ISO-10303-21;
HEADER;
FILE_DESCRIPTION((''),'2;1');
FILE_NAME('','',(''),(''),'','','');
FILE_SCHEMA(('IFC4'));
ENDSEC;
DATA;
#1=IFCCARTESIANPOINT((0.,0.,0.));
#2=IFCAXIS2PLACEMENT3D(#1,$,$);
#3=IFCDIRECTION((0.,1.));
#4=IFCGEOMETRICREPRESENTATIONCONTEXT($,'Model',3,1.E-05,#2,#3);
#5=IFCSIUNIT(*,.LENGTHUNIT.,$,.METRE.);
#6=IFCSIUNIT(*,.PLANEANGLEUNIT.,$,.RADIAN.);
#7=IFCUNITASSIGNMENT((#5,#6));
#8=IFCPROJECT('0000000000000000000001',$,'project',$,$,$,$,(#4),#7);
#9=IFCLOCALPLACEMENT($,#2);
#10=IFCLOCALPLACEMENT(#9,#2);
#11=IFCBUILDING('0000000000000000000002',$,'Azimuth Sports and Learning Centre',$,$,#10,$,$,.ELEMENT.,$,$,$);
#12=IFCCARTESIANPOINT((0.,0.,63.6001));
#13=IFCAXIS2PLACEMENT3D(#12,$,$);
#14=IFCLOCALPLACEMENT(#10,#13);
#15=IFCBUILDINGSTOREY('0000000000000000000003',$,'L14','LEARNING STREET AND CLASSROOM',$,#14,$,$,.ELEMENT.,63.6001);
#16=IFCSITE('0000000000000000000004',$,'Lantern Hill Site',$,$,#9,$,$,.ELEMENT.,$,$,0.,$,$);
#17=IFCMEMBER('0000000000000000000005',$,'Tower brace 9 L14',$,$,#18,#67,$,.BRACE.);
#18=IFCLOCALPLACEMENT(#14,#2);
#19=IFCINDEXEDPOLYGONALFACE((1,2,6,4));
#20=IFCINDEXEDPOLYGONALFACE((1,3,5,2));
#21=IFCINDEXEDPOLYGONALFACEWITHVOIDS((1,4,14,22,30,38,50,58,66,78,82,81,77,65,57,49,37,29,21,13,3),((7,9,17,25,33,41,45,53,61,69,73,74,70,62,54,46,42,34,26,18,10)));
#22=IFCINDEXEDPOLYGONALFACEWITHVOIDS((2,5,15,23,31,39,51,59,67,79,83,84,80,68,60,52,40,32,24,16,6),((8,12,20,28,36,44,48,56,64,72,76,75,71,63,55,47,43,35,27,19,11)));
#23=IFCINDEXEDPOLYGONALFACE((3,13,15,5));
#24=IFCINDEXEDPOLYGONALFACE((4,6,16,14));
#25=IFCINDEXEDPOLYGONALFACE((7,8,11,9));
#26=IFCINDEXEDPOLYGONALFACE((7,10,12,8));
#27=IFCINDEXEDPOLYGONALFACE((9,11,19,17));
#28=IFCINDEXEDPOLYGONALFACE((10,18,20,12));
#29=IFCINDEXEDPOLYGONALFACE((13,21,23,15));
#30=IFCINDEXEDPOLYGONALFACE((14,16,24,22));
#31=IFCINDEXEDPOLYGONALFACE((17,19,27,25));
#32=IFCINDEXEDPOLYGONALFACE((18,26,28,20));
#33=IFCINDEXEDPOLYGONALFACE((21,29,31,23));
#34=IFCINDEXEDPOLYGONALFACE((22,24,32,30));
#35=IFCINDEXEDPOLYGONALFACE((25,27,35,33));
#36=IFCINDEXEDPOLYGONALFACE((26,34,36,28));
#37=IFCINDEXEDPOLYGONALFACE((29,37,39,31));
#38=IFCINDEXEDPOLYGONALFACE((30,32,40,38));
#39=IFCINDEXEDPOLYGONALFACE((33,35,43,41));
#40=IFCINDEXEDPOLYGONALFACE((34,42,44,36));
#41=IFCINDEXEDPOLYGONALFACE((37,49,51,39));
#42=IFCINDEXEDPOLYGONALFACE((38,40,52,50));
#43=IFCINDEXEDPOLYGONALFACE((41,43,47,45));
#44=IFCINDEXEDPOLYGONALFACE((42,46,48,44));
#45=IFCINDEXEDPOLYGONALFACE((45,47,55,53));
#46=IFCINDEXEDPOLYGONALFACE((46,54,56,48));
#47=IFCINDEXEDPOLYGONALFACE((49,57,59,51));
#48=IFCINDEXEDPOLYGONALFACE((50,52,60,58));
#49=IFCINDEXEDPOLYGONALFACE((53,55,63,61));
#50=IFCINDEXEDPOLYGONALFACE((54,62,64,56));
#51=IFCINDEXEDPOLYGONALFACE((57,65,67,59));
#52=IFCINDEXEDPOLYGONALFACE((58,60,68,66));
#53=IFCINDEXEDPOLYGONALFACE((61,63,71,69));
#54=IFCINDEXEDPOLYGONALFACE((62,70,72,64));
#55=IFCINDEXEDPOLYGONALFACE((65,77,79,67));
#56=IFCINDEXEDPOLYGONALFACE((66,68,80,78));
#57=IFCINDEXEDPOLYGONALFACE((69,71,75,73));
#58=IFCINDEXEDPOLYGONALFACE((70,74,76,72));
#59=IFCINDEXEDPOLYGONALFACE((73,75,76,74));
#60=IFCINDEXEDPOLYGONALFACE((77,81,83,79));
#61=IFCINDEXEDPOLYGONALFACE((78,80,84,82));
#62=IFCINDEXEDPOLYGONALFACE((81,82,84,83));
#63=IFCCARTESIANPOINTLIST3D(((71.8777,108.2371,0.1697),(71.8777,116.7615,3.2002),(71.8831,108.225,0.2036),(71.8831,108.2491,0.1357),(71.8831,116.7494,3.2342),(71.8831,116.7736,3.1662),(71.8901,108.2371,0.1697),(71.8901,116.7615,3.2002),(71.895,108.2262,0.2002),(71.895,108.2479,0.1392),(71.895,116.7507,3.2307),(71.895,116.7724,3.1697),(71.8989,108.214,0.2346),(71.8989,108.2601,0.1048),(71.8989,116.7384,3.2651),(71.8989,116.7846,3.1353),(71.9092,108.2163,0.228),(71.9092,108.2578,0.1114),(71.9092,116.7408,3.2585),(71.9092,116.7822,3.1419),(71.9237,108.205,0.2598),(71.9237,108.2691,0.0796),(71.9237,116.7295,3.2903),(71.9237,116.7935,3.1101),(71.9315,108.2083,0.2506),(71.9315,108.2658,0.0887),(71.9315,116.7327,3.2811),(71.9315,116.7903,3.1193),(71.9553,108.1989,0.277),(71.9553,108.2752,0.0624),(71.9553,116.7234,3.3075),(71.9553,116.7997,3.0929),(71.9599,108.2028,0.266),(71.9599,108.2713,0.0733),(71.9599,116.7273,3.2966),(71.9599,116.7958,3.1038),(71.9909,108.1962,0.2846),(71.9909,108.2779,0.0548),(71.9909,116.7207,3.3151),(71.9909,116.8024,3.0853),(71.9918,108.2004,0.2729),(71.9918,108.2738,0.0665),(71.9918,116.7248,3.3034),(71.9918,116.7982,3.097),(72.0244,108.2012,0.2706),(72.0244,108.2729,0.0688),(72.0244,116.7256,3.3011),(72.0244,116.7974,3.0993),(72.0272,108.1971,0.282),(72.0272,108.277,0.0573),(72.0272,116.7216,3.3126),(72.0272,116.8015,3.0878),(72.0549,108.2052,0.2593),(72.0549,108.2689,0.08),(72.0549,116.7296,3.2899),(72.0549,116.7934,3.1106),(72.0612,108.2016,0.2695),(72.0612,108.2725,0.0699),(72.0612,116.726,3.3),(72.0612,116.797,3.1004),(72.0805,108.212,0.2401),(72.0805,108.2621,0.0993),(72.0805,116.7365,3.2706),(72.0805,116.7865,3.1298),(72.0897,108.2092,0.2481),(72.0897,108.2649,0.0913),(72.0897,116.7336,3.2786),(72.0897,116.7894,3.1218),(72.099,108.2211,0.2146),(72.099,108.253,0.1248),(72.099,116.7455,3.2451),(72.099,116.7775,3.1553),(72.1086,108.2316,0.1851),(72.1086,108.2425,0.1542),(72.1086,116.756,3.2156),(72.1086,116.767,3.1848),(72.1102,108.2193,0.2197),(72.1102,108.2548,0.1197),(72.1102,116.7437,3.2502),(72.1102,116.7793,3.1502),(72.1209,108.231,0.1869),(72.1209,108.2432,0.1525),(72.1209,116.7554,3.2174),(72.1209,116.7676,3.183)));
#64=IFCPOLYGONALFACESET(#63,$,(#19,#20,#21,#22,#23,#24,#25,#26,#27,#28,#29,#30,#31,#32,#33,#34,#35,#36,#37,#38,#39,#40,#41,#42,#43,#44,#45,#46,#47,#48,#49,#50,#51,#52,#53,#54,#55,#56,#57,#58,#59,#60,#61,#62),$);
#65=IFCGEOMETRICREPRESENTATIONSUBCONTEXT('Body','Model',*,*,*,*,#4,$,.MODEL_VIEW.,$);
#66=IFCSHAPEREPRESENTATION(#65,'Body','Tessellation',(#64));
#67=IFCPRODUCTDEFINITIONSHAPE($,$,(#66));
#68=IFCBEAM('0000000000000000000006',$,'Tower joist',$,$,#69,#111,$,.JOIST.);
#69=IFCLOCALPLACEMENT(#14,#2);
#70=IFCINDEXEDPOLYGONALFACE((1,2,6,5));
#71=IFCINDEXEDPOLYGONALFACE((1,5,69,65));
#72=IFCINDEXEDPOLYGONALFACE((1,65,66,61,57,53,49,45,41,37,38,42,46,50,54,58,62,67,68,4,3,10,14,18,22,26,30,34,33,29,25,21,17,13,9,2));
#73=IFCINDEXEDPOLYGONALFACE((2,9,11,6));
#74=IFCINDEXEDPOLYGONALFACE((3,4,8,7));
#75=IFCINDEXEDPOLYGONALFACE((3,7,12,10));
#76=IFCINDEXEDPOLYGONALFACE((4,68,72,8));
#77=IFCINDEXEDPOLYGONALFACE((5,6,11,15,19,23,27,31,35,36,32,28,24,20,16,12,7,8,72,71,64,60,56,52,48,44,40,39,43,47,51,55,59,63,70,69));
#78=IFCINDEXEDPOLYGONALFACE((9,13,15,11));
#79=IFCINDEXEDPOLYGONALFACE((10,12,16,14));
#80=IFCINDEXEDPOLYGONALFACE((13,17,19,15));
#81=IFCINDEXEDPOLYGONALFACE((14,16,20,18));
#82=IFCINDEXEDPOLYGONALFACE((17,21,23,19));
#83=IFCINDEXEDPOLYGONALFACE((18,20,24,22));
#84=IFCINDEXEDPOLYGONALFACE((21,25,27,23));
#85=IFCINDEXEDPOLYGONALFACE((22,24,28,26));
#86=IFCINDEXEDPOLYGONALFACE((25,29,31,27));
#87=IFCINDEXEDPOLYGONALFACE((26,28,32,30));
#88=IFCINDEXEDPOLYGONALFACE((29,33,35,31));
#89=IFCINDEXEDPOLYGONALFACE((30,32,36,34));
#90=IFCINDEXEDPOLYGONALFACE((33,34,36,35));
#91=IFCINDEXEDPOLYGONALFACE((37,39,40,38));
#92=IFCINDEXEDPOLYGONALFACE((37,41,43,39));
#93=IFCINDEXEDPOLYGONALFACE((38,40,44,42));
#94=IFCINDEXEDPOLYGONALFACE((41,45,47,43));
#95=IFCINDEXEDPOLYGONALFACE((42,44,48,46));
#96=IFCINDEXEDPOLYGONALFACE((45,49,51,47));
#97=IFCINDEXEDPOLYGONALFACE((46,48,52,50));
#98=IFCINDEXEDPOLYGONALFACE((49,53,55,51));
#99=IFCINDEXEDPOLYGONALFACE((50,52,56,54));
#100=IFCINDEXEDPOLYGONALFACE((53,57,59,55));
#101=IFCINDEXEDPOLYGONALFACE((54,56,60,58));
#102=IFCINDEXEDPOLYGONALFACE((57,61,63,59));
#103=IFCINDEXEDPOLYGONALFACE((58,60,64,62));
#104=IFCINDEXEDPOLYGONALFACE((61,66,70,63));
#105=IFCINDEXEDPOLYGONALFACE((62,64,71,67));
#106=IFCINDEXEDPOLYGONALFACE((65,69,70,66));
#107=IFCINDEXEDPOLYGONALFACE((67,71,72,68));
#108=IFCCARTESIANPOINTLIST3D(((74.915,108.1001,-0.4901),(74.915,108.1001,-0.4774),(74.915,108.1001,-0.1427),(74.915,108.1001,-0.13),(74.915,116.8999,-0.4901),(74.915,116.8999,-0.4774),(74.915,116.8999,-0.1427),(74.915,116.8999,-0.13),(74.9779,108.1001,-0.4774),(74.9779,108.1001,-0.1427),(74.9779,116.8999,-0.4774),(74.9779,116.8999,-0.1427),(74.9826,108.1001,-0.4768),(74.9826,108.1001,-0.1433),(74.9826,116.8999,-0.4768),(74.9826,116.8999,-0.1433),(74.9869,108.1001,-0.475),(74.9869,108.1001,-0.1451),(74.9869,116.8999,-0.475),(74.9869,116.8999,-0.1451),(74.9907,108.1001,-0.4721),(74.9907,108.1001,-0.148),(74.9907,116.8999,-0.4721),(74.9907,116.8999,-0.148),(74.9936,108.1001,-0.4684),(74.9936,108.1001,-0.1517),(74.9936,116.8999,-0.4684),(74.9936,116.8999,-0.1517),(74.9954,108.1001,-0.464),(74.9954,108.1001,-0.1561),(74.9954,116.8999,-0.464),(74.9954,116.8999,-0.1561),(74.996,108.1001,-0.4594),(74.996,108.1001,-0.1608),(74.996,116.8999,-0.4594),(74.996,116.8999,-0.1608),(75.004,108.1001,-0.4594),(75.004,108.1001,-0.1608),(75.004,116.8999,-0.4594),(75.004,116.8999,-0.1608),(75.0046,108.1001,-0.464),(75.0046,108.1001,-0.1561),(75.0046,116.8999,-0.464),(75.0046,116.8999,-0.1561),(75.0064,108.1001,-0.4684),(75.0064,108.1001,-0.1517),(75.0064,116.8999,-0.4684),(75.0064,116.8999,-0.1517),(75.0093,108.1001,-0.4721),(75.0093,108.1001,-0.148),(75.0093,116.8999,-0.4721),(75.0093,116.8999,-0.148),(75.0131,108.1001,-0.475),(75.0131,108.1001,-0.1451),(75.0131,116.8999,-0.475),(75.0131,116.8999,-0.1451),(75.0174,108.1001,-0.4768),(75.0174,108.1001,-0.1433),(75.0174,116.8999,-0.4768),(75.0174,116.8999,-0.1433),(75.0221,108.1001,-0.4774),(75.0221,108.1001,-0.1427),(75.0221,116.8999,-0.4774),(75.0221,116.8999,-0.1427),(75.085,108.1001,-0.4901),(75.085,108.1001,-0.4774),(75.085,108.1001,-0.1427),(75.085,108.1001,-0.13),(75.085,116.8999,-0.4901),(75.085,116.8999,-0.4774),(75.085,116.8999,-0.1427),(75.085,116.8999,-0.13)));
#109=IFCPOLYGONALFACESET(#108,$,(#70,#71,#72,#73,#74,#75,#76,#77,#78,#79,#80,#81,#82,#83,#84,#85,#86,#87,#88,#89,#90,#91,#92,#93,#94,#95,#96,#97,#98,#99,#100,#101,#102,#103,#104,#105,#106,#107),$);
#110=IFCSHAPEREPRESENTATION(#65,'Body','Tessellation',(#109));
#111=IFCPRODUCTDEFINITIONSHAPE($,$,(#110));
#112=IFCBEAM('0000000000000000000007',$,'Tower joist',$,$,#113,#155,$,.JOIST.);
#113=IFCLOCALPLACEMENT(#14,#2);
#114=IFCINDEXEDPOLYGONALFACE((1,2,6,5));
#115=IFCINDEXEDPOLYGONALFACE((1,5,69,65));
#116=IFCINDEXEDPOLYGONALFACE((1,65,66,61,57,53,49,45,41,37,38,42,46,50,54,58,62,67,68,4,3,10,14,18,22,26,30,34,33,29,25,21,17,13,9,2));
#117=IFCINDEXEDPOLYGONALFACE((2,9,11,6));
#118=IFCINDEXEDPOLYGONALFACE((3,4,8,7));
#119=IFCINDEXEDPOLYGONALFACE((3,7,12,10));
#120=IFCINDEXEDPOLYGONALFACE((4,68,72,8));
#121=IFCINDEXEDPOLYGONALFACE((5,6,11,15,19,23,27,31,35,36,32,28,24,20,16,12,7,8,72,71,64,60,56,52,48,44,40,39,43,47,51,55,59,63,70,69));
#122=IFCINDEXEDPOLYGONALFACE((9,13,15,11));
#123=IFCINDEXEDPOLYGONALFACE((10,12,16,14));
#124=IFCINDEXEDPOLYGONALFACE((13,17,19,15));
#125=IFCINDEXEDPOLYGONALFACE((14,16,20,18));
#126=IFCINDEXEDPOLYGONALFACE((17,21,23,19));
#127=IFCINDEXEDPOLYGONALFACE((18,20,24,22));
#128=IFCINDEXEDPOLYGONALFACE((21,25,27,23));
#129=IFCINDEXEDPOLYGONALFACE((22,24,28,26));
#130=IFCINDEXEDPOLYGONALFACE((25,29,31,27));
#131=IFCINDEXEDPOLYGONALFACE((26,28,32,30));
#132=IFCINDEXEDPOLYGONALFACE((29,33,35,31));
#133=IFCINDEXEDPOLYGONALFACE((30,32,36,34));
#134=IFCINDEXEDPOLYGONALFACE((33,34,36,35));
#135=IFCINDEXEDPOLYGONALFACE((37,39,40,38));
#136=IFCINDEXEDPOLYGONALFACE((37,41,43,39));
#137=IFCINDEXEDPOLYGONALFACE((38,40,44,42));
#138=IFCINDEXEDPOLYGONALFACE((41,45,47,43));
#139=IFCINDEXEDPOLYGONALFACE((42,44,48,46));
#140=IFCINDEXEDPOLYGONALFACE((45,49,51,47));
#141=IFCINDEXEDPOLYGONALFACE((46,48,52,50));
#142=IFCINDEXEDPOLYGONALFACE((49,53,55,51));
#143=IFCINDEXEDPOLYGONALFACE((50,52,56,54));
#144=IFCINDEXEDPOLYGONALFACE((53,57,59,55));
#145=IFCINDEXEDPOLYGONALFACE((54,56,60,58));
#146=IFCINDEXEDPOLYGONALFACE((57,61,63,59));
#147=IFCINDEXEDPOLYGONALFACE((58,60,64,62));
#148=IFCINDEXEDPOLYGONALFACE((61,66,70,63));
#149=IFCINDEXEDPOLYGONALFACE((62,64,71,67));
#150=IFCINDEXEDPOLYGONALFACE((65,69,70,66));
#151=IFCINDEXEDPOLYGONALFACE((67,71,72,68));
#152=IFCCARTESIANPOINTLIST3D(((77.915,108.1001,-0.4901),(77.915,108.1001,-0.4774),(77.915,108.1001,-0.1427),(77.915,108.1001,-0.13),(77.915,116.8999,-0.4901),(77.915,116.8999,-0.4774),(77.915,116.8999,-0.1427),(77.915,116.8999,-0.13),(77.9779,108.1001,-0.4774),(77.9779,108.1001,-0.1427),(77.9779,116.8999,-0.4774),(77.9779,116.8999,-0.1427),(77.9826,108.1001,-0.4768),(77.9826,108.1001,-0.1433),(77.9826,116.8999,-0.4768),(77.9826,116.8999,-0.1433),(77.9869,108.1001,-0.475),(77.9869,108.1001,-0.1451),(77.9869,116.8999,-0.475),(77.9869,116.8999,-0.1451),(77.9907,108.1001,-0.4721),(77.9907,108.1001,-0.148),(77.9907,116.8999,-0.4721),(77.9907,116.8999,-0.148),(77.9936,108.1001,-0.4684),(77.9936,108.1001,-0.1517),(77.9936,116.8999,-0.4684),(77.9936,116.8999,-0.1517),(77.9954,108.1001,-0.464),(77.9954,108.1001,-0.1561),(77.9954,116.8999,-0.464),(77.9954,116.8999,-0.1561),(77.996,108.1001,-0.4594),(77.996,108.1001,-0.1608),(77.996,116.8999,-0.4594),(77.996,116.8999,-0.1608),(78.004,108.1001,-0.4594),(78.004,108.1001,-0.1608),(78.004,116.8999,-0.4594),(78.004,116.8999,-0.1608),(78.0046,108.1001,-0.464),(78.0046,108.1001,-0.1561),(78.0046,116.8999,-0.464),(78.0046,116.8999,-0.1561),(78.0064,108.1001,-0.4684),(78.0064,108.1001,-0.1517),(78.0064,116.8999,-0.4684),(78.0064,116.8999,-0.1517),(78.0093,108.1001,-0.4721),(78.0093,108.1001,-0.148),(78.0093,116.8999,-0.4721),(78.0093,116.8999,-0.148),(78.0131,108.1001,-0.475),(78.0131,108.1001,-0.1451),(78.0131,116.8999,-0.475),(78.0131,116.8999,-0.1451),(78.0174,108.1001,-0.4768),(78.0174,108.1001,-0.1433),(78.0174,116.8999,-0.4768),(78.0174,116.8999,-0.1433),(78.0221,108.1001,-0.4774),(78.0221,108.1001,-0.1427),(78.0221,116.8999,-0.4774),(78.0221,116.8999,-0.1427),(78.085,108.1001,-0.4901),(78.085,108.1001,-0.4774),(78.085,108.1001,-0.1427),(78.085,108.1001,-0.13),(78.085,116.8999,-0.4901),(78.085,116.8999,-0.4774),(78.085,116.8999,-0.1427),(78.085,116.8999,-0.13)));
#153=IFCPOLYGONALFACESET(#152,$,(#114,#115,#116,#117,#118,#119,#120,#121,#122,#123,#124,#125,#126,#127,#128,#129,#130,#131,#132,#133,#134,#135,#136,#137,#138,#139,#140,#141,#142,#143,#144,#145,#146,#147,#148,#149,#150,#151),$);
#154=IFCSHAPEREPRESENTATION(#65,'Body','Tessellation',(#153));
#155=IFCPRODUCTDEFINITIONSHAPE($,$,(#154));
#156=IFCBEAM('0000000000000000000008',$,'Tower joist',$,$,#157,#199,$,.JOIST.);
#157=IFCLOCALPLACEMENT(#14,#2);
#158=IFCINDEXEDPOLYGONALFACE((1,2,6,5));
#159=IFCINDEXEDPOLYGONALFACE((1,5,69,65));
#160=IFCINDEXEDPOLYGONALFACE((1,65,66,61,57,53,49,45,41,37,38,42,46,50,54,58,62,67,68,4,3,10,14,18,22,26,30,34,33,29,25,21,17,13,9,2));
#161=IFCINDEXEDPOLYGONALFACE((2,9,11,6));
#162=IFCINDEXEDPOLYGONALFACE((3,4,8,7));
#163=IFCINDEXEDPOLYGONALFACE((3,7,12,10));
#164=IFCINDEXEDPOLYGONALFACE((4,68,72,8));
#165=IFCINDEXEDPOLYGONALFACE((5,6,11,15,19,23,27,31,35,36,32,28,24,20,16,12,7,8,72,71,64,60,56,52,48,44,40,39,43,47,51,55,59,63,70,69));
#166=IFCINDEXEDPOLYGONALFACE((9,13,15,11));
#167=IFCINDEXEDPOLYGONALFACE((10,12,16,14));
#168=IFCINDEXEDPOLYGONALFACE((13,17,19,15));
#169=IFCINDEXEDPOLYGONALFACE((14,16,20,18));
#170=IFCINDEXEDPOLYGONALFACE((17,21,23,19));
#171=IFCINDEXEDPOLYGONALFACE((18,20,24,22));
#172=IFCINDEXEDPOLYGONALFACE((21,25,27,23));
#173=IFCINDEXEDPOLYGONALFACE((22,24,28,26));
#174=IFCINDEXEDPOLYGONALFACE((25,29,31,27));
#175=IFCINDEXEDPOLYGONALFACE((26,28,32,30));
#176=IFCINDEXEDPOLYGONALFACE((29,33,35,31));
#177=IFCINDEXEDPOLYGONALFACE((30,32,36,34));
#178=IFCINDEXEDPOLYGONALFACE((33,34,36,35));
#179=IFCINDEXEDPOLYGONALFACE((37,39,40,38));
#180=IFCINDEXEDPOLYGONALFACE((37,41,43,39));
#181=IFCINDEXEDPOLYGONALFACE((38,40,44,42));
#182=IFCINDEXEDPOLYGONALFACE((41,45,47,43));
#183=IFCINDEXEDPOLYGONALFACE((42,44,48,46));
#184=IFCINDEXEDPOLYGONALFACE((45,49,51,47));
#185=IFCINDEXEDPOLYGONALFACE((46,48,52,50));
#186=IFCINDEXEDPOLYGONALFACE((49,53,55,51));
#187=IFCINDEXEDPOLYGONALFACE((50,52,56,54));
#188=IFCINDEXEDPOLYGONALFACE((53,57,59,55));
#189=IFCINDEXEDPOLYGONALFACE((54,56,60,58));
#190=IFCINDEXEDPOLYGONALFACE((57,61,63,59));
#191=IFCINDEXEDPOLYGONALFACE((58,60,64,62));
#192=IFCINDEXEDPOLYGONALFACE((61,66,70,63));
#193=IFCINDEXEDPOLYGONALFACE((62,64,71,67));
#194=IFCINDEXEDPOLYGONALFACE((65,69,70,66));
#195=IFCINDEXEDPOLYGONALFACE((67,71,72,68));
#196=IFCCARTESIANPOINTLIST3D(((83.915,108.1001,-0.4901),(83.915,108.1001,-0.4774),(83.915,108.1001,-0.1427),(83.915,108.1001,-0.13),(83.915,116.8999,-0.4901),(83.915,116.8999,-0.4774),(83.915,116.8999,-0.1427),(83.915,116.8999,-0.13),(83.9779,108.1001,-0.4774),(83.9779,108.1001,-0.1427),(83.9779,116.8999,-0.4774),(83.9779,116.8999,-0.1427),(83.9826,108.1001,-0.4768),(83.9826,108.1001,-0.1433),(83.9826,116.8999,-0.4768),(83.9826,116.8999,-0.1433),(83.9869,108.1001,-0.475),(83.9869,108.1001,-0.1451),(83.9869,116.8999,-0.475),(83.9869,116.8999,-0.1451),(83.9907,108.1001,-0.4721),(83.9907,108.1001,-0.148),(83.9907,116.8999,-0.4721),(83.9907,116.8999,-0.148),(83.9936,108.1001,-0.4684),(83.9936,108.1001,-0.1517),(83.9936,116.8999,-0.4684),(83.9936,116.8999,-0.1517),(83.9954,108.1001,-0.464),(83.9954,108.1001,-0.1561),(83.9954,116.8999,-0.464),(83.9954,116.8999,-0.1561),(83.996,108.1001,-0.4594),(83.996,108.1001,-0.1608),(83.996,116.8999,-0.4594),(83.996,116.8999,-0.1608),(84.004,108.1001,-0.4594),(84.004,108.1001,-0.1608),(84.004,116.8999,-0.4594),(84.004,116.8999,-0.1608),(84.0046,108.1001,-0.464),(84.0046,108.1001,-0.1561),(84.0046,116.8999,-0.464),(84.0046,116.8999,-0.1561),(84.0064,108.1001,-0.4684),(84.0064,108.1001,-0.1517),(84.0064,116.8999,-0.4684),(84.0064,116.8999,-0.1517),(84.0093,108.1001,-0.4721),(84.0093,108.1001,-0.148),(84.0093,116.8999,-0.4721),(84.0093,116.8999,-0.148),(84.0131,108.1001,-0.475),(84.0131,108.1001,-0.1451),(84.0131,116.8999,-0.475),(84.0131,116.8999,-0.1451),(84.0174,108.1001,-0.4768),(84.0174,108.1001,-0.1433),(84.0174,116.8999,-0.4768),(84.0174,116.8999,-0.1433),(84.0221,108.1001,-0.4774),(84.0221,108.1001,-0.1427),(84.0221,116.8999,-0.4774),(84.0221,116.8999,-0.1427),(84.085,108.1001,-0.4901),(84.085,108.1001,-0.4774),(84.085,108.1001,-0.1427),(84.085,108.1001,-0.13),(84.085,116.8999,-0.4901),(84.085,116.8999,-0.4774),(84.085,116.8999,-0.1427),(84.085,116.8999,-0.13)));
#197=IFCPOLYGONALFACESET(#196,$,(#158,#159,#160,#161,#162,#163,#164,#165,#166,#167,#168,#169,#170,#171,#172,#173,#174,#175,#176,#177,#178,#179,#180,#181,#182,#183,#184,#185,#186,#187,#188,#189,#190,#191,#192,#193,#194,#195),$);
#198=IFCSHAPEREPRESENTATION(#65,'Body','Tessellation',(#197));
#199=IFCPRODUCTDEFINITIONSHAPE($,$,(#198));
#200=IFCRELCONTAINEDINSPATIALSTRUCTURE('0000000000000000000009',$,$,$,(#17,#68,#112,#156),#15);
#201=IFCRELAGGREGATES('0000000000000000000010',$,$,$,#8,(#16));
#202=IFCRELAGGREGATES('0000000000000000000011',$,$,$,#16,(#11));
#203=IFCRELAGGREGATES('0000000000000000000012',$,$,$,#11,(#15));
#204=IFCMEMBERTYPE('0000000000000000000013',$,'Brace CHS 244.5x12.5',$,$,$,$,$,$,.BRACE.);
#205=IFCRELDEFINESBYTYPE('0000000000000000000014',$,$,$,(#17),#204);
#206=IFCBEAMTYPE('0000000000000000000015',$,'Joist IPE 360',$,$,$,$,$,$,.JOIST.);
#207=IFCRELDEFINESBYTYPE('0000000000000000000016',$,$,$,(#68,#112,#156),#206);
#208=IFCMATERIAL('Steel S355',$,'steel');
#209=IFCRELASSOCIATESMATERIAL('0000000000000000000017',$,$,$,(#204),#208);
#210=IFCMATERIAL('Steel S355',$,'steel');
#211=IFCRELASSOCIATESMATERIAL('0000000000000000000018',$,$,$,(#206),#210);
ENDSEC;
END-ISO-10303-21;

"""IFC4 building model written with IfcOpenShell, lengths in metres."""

from ifc_helpers import new_model, si_unit, direction, frame, origin, origin_2d, place, context, subcontext, project, spatial, hollow_circle, i_section, extrude, material, material_profile, profile_set, type_object, element, save


model = new_model("IFC4")

# Units and contexts
model_context = context("Model", 3, precision=1e-05, world=origin(), true_north=direction((0.0, 1.0)))
body_context = subcontext(model_context, "Body", "Model", "MODEL_VIEW")
ifc_project = project(units=[si_unit("LENGTHUNIT", "METRE"), si_unit("PLANEANGLEUNIT", "RADIAN")], contexts=[model_context])

# Site, building, storey
site_placement = place(None, origin())
site = spatial("IfcSite", under=ifc_project, at=site_placement, Name="Lantern Hill Site", CompositionType="ELEMENT", RefElevation=0.0)
building_placement = place(site_placement, origin())
building = spatial("IfcBuilding", under=site, at=building_placement, Name="Azimuth Sports and Learning Centre", CompositionType="ELEMENT")
storey_placement = place(building_placement, frame((0.0, 0.0, 63.6001)))
storey = spatial("IfcBuildingStorey", under=building, at=storey_placement, Name="L14", Description="LEARNING STREET AND CLASSROOM", CompositionType="ELEMENT", Elevation=63.6001)

# Member
ifc_material_1 = material(Name="Steel S355", Category="steel")
ifc_material_profile_1 = material_profile(ifc_material_1, hollow_circle(Radius=0.1223, WallThickness=0.0125, at=origin_2d()), Name="CHS 244.5x12.5")
ifc_profile_set_1 = profile_set([ifc_material_profile_1], Name="Steel S355")
member_type = type_object("IfcMemberType", Name="Brace CHS 244.5x12.5", PredefinedType="BRACE", material=ifc_profile_set_1)
member_placement = place(storey_placement, frame((72.0, 108.2371, 0.1697), z_axis=(0.0, 0.942228, 0.334972), x_axis=(-1.0, 0.0, 0.0)))
element("IfcMember", 1, at=member_placement, inside=storey, type_object=member_type, Name="Tower brace 9 L14", PredefinedType="BRACE", context=body_context, shape_type="SweptSolid", body=[
    extrude(hollow_circle(Radius=0.1223, WallThickness=0.0125, at=origin_2d()), origin(), (0.0, 0.0, 1.0), 9.0471),
])

# Beams
ifc_material_2 = material(Name="Steel S355", Category="steel")
ifc_material_profile_2 = material_profile(ifc_material_2, i_section(OverallWidth=0.1699, OverallDepth=0.3601, WebThickness=0.0081, FlangeThickness=0.0127, FilletRadius=0.0181, at=origin_2d()), Name="IPE 360")
ifc_profile_set_2 = profile_set([ifc_material_profile_2], Name="Steel S355")
beam_type_1 = type_object("IfcBeamType", Name="Joist IPE 360", PredefinedType="JOIST", material=ifc_profile_set_2)
for number, where, z_axis, x_axis, name in (
    (2, (75.0, 108.1001, -0.3101), (0.0, 1.0, 0.0), (-1.0, 0.0, 0.0), "Tower joist"),
    (3, (78.0, 108.1001, -0.3101), (0.0, 1.0, 0.0), (-1.0, 0.0, 0.0), "Tower joist"),
    (4, (84.0, 108.1001, -0.3101), (0.0, 1.0, 0.0), (-1.0, 0.0, 0.0), "Tower joist"),
):
    element("IfcBeam", number, at=place(storey_placement, frame(where, z_axis=z_axis, x_axis=x_axis)), inside=storey, type_object=beam_type_1, Name=name, PredefinedType="JOIST", context=body_context, shape_type="SweptSolid", body=[
        extrude(i_section(OverallWidth=0.1699, OverallDepth=0.3601, WebThickness=0.0081, FlangeThickness=0.0127, FilletRadius=0.0181, at=origin_2d()), origin(), (0.0, 0.0, 1.0), 8.7998),
    ])

save(model, "model.ifc")
